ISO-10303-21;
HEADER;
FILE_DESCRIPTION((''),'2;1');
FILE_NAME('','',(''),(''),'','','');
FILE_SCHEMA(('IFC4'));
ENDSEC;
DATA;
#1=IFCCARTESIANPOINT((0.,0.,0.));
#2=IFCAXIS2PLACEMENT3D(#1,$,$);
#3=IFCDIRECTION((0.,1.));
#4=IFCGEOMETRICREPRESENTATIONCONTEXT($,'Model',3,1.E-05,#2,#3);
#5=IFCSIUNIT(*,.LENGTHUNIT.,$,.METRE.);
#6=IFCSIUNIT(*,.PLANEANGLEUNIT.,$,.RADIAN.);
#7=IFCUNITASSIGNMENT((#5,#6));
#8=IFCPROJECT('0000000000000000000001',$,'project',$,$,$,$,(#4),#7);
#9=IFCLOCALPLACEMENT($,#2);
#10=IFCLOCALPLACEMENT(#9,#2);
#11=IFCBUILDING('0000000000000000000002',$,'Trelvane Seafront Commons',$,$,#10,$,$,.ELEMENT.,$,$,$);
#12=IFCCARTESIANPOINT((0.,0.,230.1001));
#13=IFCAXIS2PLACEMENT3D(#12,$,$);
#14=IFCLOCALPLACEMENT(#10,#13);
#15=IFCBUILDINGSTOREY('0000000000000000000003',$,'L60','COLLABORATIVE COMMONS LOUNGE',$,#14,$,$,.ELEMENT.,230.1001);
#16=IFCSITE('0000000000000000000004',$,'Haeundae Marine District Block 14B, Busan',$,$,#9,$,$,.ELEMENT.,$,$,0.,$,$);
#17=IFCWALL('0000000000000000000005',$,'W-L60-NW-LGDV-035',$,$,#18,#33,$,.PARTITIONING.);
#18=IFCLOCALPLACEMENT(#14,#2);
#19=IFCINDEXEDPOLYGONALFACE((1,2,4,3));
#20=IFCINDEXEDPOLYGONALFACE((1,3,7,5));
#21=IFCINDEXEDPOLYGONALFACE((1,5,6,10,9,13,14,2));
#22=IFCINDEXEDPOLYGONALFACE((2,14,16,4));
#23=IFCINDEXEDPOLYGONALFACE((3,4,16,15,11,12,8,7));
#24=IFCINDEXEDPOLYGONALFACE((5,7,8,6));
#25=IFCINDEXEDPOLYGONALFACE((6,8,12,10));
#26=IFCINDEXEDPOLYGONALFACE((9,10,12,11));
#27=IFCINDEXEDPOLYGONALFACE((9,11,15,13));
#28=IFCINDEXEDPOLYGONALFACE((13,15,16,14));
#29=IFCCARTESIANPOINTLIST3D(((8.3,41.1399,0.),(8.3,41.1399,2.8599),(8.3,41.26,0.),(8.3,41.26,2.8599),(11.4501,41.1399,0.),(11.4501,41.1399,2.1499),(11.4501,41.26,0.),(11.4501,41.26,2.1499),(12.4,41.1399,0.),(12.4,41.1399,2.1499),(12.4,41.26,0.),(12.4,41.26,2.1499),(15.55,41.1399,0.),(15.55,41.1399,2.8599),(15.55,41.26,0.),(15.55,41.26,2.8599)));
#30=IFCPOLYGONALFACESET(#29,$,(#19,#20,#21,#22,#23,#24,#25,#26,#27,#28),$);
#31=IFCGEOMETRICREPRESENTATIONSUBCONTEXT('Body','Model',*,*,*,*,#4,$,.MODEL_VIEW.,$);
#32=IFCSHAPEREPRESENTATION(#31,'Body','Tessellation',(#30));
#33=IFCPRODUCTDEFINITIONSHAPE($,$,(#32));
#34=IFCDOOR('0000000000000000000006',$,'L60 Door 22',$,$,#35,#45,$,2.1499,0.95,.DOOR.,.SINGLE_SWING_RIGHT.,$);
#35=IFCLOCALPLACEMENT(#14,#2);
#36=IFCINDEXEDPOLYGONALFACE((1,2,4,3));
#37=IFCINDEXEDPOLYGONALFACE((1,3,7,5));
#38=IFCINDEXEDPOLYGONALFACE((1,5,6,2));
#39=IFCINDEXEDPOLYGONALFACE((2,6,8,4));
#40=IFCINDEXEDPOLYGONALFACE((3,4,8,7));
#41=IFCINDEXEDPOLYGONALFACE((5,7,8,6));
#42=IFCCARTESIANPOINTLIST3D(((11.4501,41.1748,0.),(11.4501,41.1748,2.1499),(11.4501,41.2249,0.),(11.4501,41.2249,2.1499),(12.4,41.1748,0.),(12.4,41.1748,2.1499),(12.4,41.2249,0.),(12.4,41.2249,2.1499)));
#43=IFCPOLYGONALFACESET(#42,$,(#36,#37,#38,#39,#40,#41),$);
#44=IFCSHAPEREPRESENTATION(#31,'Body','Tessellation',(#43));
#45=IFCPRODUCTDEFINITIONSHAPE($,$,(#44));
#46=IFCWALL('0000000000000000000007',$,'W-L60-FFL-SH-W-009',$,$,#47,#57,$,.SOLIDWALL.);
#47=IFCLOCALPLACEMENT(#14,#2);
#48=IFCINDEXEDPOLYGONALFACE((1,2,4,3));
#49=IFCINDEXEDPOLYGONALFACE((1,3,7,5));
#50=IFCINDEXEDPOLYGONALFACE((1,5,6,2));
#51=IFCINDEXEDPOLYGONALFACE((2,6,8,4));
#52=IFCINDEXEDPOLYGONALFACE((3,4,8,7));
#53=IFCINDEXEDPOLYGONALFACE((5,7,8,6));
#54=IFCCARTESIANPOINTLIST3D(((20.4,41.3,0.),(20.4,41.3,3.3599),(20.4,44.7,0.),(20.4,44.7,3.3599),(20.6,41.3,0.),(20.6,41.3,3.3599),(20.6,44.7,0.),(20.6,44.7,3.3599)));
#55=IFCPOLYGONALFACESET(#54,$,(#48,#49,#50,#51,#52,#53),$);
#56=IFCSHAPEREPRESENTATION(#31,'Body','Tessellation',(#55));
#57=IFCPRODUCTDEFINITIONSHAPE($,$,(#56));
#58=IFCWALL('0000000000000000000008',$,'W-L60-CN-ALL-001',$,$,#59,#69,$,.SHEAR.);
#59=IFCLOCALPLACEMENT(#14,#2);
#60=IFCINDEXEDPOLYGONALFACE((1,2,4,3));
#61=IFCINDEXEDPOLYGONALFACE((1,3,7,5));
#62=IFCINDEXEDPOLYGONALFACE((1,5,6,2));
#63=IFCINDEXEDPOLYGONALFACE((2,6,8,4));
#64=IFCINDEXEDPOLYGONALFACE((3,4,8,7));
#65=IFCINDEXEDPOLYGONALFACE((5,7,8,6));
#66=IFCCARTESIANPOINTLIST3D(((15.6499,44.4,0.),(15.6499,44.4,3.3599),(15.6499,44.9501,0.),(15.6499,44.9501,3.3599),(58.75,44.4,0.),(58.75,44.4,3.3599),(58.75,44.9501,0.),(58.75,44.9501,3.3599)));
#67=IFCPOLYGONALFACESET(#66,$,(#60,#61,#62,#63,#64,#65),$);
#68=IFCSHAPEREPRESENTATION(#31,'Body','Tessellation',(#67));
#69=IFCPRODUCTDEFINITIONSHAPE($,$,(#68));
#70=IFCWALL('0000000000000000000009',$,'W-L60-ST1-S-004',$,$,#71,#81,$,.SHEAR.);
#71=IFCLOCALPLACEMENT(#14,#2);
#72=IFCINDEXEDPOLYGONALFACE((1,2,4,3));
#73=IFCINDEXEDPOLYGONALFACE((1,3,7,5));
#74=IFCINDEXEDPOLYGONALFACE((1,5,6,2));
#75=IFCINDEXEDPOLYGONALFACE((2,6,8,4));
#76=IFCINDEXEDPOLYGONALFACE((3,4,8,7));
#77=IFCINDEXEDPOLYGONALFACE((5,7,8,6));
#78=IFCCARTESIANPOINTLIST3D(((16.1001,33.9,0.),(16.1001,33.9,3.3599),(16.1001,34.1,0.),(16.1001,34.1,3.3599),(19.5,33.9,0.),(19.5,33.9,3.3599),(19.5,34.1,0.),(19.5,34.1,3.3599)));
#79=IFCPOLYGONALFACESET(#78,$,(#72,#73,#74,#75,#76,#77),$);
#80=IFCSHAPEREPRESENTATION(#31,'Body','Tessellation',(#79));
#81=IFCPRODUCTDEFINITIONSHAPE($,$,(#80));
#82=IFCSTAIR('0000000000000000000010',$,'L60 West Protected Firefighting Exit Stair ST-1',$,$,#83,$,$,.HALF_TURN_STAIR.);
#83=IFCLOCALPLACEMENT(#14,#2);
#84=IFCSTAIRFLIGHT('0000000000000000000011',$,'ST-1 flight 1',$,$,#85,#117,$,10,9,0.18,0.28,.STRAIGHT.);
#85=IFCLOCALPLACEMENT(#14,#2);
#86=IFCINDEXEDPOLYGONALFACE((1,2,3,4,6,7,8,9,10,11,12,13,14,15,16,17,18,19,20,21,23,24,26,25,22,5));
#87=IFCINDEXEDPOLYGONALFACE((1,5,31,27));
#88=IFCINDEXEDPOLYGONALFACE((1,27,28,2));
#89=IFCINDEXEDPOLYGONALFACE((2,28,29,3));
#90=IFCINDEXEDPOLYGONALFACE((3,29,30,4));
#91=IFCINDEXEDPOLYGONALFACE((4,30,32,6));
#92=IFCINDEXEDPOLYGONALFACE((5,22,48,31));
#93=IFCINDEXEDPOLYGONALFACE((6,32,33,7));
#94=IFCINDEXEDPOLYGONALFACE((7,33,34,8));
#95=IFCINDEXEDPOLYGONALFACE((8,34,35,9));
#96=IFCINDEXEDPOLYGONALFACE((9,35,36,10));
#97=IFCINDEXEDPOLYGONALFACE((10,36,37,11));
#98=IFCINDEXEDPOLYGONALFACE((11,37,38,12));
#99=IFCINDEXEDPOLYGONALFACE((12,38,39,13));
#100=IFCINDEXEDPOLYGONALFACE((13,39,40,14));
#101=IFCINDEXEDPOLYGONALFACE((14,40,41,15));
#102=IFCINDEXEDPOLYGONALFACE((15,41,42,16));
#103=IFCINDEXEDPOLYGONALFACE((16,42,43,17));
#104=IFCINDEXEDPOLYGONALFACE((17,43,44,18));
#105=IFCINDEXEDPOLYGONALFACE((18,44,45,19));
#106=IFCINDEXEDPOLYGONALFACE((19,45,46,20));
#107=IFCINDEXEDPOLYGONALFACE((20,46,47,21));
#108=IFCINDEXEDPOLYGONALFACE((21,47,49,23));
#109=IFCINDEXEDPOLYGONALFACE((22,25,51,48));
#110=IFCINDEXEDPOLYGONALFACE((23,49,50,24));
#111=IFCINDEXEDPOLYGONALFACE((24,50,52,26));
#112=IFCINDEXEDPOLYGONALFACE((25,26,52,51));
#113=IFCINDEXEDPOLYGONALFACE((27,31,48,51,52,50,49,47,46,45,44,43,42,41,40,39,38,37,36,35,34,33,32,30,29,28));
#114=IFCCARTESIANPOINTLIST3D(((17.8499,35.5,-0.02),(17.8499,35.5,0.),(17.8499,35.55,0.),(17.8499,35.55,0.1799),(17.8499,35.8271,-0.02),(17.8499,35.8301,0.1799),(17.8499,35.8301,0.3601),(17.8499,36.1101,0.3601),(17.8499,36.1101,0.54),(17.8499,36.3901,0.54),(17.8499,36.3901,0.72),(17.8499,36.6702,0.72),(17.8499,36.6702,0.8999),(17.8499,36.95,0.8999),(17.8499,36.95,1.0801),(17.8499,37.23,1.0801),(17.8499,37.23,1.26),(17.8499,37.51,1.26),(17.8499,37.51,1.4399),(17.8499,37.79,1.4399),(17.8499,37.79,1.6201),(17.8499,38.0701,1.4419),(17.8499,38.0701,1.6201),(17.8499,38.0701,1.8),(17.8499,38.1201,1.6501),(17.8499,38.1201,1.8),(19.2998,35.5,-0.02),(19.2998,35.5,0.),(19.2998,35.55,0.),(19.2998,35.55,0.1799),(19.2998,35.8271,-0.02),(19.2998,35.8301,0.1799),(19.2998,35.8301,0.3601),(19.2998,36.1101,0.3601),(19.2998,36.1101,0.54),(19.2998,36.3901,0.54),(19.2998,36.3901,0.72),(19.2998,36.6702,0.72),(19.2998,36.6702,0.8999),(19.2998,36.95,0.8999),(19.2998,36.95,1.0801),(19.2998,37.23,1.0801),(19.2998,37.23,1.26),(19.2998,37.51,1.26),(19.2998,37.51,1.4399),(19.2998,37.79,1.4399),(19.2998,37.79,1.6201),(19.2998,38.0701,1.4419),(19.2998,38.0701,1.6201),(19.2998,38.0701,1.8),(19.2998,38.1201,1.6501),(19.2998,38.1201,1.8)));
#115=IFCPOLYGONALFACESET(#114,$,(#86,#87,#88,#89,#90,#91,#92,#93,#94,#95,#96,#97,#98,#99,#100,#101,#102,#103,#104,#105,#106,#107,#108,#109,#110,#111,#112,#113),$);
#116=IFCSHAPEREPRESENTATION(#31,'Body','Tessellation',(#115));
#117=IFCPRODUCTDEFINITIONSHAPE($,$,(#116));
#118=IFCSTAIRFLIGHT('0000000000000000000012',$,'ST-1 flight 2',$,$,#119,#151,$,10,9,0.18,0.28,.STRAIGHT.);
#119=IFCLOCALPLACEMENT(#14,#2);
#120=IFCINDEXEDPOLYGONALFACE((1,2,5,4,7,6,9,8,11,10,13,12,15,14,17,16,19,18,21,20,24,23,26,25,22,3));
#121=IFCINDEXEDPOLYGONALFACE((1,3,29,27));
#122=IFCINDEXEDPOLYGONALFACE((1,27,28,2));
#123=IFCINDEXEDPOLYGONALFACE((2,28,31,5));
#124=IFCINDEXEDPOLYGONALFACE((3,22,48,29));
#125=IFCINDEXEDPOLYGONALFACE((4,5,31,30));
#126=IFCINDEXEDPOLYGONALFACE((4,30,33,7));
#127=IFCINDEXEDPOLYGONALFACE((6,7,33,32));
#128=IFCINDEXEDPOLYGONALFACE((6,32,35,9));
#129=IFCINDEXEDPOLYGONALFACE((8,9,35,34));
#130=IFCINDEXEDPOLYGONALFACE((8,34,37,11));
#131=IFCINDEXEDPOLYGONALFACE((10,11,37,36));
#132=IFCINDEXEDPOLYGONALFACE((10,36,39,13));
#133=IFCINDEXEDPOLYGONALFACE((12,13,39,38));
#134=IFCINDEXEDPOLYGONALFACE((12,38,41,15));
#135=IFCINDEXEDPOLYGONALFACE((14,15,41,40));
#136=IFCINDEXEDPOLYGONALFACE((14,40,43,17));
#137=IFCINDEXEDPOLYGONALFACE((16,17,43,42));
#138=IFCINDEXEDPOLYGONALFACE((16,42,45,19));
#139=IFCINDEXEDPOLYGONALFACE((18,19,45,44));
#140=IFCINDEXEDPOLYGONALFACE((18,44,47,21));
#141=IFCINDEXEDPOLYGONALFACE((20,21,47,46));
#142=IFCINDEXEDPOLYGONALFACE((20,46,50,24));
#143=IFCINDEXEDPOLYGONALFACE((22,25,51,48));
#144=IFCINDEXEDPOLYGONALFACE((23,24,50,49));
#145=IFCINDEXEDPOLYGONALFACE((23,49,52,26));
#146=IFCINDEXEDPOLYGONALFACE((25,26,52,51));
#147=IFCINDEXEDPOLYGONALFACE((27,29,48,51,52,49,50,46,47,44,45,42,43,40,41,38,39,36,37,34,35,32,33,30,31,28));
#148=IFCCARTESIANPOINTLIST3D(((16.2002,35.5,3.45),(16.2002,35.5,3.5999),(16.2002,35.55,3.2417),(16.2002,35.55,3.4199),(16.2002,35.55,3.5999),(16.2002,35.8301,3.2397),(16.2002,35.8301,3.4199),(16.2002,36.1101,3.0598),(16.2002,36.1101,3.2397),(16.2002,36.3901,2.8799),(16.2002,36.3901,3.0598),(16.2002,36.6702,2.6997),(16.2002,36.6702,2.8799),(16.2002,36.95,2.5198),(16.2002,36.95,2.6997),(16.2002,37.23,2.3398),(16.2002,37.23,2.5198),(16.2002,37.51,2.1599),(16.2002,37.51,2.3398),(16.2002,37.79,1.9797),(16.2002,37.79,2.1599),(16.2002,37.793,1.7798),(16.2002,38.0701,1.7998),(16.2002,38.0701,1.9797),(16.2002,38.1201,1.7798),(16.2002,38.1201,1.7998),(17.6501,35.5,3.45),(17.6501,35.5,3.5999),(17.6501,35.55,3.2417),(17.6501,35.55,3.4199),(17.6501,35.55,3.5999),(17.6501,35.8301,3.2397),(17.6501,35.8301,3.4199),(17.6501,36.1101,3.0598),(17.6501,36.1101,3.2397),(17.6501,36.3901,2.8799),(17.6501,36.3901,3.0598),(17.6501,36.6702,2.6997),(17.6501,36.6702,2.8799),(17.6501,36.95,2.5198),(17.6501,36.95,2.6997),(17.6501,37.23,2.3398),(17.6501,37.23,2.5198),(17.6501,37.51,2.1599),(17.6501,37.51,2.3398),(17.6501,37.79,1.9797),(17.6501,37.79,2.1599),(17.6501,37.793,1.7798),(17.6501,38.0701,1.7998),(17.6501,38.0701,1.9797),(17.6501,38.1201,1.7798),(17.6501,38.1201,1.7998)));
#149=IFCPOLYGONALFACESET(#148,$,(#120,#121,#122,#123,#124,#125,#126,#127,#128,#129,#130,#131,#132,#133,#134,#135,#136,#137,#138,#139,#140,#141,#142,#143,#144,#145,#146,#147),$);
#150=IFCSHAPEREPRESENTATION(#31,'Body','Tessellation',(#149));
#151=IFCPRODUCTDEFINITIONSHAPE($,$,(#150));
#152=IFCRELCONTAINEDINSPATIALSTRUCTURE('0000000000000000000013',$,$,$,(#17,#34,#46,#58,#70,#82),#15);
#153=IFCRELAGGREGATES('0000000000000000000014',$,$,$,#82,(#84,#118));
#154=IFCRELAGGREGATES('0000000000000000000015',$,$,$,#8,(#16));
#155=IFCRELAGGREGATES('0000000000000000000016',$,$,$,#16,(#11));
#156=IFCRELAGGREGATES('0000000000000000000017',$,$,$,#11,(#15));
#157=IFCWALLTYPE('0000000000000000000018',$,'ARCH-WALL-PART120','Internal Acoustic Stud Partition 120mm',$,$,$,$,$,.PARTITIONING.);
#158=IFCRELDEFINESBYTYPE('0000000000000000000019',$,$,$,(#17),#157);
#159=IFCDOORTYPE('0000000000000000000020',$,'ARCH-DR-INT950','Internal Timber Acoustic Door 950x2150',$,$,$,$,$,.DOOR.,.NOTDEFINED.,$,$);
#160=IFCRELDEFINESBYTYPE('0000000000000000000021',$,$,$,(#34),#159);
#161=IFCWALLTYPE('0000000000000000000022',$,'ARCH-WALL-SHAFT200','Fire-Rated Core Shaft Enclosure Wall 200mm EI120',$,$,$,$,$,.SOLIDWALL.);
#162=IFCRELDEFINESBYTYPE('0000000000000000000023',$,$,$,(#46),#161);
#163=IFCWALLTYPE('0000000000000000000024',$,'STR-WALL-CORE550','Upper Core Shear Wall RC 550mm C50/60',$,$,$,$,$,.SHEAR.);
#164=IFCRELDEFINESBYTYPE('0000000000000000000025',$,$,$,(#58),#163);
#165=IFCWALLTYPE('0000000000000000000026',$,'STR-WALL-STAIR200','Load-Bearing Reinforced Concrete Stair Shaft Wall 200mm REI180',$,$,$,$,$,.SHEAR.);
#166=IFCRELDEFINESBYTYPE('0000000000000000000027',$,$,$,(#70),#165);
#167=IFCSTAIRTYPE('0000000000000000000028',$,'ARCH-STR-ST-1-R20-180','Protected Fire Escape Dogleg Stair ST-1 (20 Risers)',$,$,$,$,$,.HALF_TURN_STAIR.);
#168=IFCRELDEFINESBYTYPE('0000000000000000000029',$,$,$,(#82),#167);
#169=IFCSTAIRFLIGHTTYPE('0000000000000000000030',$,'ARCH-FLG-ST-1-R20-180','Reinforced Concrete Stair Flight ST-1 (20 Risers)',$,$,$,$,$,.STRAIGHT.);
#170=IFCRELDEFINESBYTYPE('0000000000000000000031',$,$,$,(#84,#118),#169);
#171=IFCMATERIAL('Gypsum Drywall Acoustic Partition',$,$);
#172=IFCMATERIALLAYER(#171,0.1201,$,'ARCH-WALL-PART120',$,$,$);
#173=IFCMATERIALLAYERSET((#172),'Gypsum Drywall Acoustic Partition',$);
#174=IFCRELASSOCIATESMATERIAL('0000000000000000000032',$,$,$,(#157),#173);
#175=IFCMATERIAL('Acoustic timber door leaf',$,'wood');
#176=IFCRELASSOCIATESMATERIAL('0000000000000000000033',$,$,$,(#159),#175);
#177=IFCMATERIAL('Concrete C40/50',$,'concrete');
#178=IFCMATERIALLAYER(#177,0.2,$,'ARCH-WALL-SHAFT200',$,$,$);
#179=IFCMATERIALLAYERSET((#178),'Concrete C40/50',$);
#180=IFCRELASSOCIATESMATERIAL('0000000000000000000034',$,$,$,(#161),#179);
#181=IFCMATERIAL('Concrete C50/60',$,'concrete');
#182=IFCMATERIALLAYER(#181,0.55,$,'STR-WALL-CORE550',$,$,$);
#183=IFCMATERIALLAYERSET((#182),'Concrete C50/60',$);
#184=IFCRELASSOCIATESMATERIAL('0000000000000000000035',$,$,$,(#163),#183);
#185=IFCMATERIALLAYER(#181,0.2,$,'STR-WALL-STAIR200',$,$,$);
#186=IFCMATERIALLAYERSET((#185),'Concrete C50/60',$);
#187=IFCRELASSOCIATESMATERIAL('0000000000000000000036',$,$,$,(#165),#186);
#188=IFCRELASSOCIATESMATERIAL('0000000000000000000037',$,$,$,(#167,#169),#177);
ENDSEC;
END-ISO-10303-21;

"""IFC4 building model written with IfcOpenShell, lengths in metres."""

from ifc_helpers import new_model, si_unit, direction, frame, frame_2d, origin, place, context, subcontext, project, spatial, polyline, rectangle, outline, extrude, source, transform, mapped, material, layer, layer_set, type_object, element, fill, aggregate, save


model = new_model("IFC4")

# Units and contexts
model_context = context("Model", 3, precision=1e-05, world=origin(), true_north=direction((0.0, 1.0)))
body_context = subcontext(model_context, "Body", "Model", "MODEL_VIEW")
ifc_project = project(units=[si_unit("LENGTHUNIT", "METRE"), si_unit("PLANEANGLEUNIT", "RADIAN")], contexts=[model_context])

# Site, building, storey
site_placement = place(None, origin())
site = spatial("IfcSite", under=ifc_project, at=site_placement, Name="Haeundae Marine District Block 14B, Busan", CompositionType="ELEMENT", RefElevation=0.0)
building_placement = place(site_placement, origin())
building = spatial("IfcBuilding", under=site, at=building_placement, Name="Trelvane Seafront Commons", CompositionType="ELEMENT")
storey_placement = place(building_placement, frame((0.0, 0.0, 230.1001)))
storey = spatial("IfcBuildingStorey", under=building, at=storey_placement, Name="L60", Description="COLLABORATIVE COMMONS LOUNGE", CompositionType="ELEMENT", Elevation=230.1001)

# Shared definitions
ifc_material_1 = material(Name="Concrete C50/60", Category="concrete")

# Wall, opening, door
ifc_material_2 = material(Name="Gypsum Drywall Acoustic Partition")
ifc_layer_1 = layer(ifc_material_2, 0.1201, Name="ARCH-WALL-PART120")
ifc_layer_set_1 = layer_set([ifc_layer_1], Name="Gypsum Drywall Acoustic Partition")
wall_type_1 = type_object("IfcWallType", Name="ARCH-WALL-PART120", Description="Internal Acoustic Stud Partition 120mm", PredefinedType="PARTITIONING", material=ifc_layer_set_1)
wall_1_placement = place(storey_placement, frame((8.3, 41.2, 0.0), z_axis=(0.0, 0.0, 1.0), x_axis=(1.0, 0.0, 0.0)))
wall_1 = element("IfcWall", 1, at=wall_1_placement, inside=storey, type_object=wall_type_1, Name="W-L60-NW-LGDV-035", PredefinedType="PARTITIONING", context=body_context, shape_type="SweptSolid", body=[
    extrude(rectangle(XDim=7.25, YDim=0.1201, at=frame_2d((3.625, 0.0))), origin(), (0.0, 0.0, 1.0), 2.8599),
])
opening_1_placement = place(wall_1_placement, frame((3.1499, 0.0, 0.0)))
opening_1 = element("IfcOpeningElement", 2, at=opening_1_placement, cuts=wall_1, PredefinedType="OPENING", context=body_context, shape_type="SweptSolid", body=[
    extrude(rectangle(XDim=0.95, YDim=2.1499, at=frame_2d((0.4751, 1.075))), frame((0.0, 0.0701, 0.0), z_axis=(0.0, -1.0, 0.0), x_axis=(1.0, 0.0, 0.0)), (0.0, 0.0, 1.0), 0.1401),
])
ifc_material_3 = material(Name="Acoustic timber door leaf", Category="wood")
door_type_1 = type_object("IfcDoorType", Name="ARCH-DR-INT950", Description="Internal Timber Acoustic Door 950x2150", OperationType="NOTDEFINED", PredefinedType="DOOR", material=ifc_material_3)
shared_shape_1 = source(origin(), body_context, "Body", "SweptSolid", [
    extrude(rectangle(XDim=0.95, YDim=2.1499, at=frame_2d((0.4751, 1.075))), frame((0.0, 0.0249, 0.0), z_axis=(0.0, -1.0, 0.0), x_axis=(1.0, 0.0, 0.0)), (0.0, 0.0, 1.0), 0.05),
])
door_1_placement = place(opening_1_placement, origin())
door_1 = element("IfcDoor", 3, at=door_1_placement, inside=storey, type_object=door_type_1, Name="L60 Door 22", OperationType="SINGLE_SWING_RIGHT", OverallHeight=2.1499, OverallWidth=0.95, PredefinedType="DOOR", context=body_context, shape_type="MappedRepresentation", body=[
    mapped(shared_shape_1, transform((0.0, 0.0, 0.0), x_axis=(1.0, 0.0, 0.0), y_axis=(0.0, 1.0, 0.0), z_axis=(0.0, 0.0, 1.0), scale=1.0)),
])
fill(opening_1, door_1)

# Shared definitions
ifc_material_4 = material(Name="Concrete C40/50", Category="concrete")
ifc_layer_2 = layer(ifc_material_4, 0.2, Name="ARCH-WALL-SHAFT200")
ifc_layer_set_2 = layer_set([ifc_layer_2], Name="Concrete C40/50")
wall_type_2 = type_object("IfcWallType", Name="ARCH-WALL-SHAFT200", Description="Fire-Rated Core Shaft Enclosure Wall 200mm EI120", PredefinedType="SOLIDWALL", material=ifc_layer_set_2)

# Walls
wall_2_placement = place(storey_placement, frame((20.5, 41.3, 0.0), z_axis=(0.0, 0.0, 1.0), x_axis=(0.0, 1.0, 0.0)))
element("IfcWall", 4, at=wall_2_placement, inside=storey, type_object=wall_type_2, Name="W-L60-FFL-SH-W-009", PredefinedType="SOLIDWALL", context=body_context, shape_type="SweptSolid", body=[
    extrude(rectangle(XDim=3.3999, YDim=0.2, at=frame_2d((1.7, 0.0))), origin(), (0.0, 0.0, 1.0), 3.3599),
])
ifc_layer_3 = layer(ifc_material_1, 0.55, Name="STR-WALL-CORE550")
ifc_layer_set_3 = layer_set([ifc_layer_3], Name="Concrete C50/60")
wall_type_3 = type_object("IfcWallType", Name="STR-WALL-CORE550", Description="Upper Core Shear Wall RC 550mm C50/60", PredefinedType="SHEAR", material=ifc_layer_set_3)
wall_3_placement = place(storey_placement, frame((15.6499, 44.675, 0.0), z_axis=(0.0, 0.0, 1.0), x_axis=(1.0, 0.0, 0.0)))
element("IfcWall", 5, at=wall_3_placement, inside=storey, type_object=wall_type_3, Name="W-L60-CN-ALL-001", PredefinedType="SHEAR", context=body_context, shape_type="SweptSolid", body=[
    extrude(rectangle(XDim=43.1001, YDim=0.55, at=frame_2d((21.55, 0.0))), origin(), (0.0, 0.0, 1.0), 3.3599),
])
ifc_layer_4 = layer(ifc_material_1, 0.2, Name="STR-WALL-STAIR200")
ifc_layer_set_4 = layer_set([ifc_layer_4], Name="Concrete C50/60")
wall_type_4 = type_object("IfcWallType", Name="STR-WALL-STAIR200", Description="Load-Bearing Reinforced Concrete Stair Shaft Wall 200mm REI180", PredefinedType="SHEAR", material=ifc_layer_set_4)
wall_4_placement = place(storey_placement, frame((16.1001, 34.0, 0.0), z_axis=(0.0, 0.0, 1.0), x_axis=(1.0, 0.0, 0.0)))
element("IfcWall", 6, at=wall_4_placement, inside=storey, type_object=wall_type_4, Name="W-L60-ST1-S-004", PredefinedType="SHEAR", context=body_context, shape_type="SweptSolid", body=[
    extrude(rectangle(XDim=3.3999, YDim=0.2, at=frame_2d((1.7, 0.0))), origin(), (0.0, 0.0, 1.0), 3.3599),
])

# Stair, stair flights
stair_type = type_object("IfcStairType", Name="ARCH-STR-ST-1-R20-180", Description="Protected Fire Escape Dogleg Stair ST-1 (20 Risers)", PredefinedType="HALF_TURN_STAIR", material=ifc_material_4)
stair_placement = place(storey_placement, origin())
stair = element("IfcStair", 7, at=stair_placement, inside=storey, type_object=stair_type, Name="L60 West Protected Firefighting Exit Stair ST-1", PredefinedType="HALF_TURN_STAIR")
stair_flight_type = type_object("IfcStairFlightType", Name="ARCH-FLG-ST-1-R20-180", Description="Reinforced Concrete Stair Flight ST-1 (20 Risers)", PredefinedType="STRAIGHT", material=ifc_material_4)
shared_shape_2 = source(origin(), body_context, "Body", "SweptSolid", [
    extrude(outline(polyline([(-0.05, -0.02), (-0.05, 0.0), (0.0, 0.0), (0.0, 0.1799), (0.28, 0.1799), (0.28, 0.3601), (0.5601, 0.3601), (0.5601, 0.54), (0.8401, 0.54), (0.8401, 0.72), (1.1201, 0.72), (1.1201, 0.8999), (1.3999, 0.8999), (1.3999, 1.0801), (1.6799, 1.0801), (1.6799, 1.26), (1.96, 1.26), (1.96, 1.4399), (2.24, 1.4399), (2.24, 1.6201), (2.52, 1.6201), (2.52, 1.8), (2.5701, 1.8), (2.5701, 1.6501), (2.52, 1.4419), (0.2771, -0.02), (-0.05, -0.02)])), frame((0.0, 0.7251, 0.0), z_axis=(0.0, -1.0, 0.0), x_axis=(1.0, 0.0, 0.0)), (0.0, 0.0, 1.0), 1.45),
])
stair_flight_1_placement = place(storey_placement, frame((18.575, 35.55, 0.0), z_axis=(0.0, 0.0, 1.0), x_axis=(0.0, 1.0, 0.0)))
stair_flight_1 = element("IfcStairFlight", 8, at=stair_flight_1_placement, type_object=stair_flight_type, Name="ST-1 flight 1", NumberOfRisers=10, NumberOfTreads=9, PredefinedType="STRAIGHT", RiserHeight=0.18, TreadLength=0.28, context=body_context, shape_type="MappedRepresentation", body=[
    mapped(shared_shape_2, transform((0.0, 0.0, 0.0), x_axis=(1.0, 0.0, 0.0), y_axis=(0.0, 1.0, 0.0), z_axis=(0.0, 0.0, 1.0), scale=1.0)),
])
stair_flight_2_placement = place(storey_placement, frame((16.925, 38.0701, 1.7998), z_axis=(0.0, 0.0, 1.0), x_axis=(0.0, -1.0, 0.0)))
stair_flight_2 = element("IfcStairFlight", 9, at=stair_flight_2_placement, type_object=stair_flight_type, Name="ST-1 flight 2", NumberOfRisers=10, NumberOfTreads=9, PredefinedType="STRAIGHT", RiserHeight=0.18, TreadLength=0.28, context=body_context, shape_type="MappedRepresentation", body=[
    mapped(shared_shape_2, transform((0.0, 0.0, 0.0), x_axis=(1.0, 0.0, 0.0), y_axis=(0.0, 1.0, 0.0), z_axis=(0.0, 0.0, 1.0), scale=1.0)),
])
aggregate(stair, [stair_flight_1, stair_flight_2])

save(model, "model.ifc")
